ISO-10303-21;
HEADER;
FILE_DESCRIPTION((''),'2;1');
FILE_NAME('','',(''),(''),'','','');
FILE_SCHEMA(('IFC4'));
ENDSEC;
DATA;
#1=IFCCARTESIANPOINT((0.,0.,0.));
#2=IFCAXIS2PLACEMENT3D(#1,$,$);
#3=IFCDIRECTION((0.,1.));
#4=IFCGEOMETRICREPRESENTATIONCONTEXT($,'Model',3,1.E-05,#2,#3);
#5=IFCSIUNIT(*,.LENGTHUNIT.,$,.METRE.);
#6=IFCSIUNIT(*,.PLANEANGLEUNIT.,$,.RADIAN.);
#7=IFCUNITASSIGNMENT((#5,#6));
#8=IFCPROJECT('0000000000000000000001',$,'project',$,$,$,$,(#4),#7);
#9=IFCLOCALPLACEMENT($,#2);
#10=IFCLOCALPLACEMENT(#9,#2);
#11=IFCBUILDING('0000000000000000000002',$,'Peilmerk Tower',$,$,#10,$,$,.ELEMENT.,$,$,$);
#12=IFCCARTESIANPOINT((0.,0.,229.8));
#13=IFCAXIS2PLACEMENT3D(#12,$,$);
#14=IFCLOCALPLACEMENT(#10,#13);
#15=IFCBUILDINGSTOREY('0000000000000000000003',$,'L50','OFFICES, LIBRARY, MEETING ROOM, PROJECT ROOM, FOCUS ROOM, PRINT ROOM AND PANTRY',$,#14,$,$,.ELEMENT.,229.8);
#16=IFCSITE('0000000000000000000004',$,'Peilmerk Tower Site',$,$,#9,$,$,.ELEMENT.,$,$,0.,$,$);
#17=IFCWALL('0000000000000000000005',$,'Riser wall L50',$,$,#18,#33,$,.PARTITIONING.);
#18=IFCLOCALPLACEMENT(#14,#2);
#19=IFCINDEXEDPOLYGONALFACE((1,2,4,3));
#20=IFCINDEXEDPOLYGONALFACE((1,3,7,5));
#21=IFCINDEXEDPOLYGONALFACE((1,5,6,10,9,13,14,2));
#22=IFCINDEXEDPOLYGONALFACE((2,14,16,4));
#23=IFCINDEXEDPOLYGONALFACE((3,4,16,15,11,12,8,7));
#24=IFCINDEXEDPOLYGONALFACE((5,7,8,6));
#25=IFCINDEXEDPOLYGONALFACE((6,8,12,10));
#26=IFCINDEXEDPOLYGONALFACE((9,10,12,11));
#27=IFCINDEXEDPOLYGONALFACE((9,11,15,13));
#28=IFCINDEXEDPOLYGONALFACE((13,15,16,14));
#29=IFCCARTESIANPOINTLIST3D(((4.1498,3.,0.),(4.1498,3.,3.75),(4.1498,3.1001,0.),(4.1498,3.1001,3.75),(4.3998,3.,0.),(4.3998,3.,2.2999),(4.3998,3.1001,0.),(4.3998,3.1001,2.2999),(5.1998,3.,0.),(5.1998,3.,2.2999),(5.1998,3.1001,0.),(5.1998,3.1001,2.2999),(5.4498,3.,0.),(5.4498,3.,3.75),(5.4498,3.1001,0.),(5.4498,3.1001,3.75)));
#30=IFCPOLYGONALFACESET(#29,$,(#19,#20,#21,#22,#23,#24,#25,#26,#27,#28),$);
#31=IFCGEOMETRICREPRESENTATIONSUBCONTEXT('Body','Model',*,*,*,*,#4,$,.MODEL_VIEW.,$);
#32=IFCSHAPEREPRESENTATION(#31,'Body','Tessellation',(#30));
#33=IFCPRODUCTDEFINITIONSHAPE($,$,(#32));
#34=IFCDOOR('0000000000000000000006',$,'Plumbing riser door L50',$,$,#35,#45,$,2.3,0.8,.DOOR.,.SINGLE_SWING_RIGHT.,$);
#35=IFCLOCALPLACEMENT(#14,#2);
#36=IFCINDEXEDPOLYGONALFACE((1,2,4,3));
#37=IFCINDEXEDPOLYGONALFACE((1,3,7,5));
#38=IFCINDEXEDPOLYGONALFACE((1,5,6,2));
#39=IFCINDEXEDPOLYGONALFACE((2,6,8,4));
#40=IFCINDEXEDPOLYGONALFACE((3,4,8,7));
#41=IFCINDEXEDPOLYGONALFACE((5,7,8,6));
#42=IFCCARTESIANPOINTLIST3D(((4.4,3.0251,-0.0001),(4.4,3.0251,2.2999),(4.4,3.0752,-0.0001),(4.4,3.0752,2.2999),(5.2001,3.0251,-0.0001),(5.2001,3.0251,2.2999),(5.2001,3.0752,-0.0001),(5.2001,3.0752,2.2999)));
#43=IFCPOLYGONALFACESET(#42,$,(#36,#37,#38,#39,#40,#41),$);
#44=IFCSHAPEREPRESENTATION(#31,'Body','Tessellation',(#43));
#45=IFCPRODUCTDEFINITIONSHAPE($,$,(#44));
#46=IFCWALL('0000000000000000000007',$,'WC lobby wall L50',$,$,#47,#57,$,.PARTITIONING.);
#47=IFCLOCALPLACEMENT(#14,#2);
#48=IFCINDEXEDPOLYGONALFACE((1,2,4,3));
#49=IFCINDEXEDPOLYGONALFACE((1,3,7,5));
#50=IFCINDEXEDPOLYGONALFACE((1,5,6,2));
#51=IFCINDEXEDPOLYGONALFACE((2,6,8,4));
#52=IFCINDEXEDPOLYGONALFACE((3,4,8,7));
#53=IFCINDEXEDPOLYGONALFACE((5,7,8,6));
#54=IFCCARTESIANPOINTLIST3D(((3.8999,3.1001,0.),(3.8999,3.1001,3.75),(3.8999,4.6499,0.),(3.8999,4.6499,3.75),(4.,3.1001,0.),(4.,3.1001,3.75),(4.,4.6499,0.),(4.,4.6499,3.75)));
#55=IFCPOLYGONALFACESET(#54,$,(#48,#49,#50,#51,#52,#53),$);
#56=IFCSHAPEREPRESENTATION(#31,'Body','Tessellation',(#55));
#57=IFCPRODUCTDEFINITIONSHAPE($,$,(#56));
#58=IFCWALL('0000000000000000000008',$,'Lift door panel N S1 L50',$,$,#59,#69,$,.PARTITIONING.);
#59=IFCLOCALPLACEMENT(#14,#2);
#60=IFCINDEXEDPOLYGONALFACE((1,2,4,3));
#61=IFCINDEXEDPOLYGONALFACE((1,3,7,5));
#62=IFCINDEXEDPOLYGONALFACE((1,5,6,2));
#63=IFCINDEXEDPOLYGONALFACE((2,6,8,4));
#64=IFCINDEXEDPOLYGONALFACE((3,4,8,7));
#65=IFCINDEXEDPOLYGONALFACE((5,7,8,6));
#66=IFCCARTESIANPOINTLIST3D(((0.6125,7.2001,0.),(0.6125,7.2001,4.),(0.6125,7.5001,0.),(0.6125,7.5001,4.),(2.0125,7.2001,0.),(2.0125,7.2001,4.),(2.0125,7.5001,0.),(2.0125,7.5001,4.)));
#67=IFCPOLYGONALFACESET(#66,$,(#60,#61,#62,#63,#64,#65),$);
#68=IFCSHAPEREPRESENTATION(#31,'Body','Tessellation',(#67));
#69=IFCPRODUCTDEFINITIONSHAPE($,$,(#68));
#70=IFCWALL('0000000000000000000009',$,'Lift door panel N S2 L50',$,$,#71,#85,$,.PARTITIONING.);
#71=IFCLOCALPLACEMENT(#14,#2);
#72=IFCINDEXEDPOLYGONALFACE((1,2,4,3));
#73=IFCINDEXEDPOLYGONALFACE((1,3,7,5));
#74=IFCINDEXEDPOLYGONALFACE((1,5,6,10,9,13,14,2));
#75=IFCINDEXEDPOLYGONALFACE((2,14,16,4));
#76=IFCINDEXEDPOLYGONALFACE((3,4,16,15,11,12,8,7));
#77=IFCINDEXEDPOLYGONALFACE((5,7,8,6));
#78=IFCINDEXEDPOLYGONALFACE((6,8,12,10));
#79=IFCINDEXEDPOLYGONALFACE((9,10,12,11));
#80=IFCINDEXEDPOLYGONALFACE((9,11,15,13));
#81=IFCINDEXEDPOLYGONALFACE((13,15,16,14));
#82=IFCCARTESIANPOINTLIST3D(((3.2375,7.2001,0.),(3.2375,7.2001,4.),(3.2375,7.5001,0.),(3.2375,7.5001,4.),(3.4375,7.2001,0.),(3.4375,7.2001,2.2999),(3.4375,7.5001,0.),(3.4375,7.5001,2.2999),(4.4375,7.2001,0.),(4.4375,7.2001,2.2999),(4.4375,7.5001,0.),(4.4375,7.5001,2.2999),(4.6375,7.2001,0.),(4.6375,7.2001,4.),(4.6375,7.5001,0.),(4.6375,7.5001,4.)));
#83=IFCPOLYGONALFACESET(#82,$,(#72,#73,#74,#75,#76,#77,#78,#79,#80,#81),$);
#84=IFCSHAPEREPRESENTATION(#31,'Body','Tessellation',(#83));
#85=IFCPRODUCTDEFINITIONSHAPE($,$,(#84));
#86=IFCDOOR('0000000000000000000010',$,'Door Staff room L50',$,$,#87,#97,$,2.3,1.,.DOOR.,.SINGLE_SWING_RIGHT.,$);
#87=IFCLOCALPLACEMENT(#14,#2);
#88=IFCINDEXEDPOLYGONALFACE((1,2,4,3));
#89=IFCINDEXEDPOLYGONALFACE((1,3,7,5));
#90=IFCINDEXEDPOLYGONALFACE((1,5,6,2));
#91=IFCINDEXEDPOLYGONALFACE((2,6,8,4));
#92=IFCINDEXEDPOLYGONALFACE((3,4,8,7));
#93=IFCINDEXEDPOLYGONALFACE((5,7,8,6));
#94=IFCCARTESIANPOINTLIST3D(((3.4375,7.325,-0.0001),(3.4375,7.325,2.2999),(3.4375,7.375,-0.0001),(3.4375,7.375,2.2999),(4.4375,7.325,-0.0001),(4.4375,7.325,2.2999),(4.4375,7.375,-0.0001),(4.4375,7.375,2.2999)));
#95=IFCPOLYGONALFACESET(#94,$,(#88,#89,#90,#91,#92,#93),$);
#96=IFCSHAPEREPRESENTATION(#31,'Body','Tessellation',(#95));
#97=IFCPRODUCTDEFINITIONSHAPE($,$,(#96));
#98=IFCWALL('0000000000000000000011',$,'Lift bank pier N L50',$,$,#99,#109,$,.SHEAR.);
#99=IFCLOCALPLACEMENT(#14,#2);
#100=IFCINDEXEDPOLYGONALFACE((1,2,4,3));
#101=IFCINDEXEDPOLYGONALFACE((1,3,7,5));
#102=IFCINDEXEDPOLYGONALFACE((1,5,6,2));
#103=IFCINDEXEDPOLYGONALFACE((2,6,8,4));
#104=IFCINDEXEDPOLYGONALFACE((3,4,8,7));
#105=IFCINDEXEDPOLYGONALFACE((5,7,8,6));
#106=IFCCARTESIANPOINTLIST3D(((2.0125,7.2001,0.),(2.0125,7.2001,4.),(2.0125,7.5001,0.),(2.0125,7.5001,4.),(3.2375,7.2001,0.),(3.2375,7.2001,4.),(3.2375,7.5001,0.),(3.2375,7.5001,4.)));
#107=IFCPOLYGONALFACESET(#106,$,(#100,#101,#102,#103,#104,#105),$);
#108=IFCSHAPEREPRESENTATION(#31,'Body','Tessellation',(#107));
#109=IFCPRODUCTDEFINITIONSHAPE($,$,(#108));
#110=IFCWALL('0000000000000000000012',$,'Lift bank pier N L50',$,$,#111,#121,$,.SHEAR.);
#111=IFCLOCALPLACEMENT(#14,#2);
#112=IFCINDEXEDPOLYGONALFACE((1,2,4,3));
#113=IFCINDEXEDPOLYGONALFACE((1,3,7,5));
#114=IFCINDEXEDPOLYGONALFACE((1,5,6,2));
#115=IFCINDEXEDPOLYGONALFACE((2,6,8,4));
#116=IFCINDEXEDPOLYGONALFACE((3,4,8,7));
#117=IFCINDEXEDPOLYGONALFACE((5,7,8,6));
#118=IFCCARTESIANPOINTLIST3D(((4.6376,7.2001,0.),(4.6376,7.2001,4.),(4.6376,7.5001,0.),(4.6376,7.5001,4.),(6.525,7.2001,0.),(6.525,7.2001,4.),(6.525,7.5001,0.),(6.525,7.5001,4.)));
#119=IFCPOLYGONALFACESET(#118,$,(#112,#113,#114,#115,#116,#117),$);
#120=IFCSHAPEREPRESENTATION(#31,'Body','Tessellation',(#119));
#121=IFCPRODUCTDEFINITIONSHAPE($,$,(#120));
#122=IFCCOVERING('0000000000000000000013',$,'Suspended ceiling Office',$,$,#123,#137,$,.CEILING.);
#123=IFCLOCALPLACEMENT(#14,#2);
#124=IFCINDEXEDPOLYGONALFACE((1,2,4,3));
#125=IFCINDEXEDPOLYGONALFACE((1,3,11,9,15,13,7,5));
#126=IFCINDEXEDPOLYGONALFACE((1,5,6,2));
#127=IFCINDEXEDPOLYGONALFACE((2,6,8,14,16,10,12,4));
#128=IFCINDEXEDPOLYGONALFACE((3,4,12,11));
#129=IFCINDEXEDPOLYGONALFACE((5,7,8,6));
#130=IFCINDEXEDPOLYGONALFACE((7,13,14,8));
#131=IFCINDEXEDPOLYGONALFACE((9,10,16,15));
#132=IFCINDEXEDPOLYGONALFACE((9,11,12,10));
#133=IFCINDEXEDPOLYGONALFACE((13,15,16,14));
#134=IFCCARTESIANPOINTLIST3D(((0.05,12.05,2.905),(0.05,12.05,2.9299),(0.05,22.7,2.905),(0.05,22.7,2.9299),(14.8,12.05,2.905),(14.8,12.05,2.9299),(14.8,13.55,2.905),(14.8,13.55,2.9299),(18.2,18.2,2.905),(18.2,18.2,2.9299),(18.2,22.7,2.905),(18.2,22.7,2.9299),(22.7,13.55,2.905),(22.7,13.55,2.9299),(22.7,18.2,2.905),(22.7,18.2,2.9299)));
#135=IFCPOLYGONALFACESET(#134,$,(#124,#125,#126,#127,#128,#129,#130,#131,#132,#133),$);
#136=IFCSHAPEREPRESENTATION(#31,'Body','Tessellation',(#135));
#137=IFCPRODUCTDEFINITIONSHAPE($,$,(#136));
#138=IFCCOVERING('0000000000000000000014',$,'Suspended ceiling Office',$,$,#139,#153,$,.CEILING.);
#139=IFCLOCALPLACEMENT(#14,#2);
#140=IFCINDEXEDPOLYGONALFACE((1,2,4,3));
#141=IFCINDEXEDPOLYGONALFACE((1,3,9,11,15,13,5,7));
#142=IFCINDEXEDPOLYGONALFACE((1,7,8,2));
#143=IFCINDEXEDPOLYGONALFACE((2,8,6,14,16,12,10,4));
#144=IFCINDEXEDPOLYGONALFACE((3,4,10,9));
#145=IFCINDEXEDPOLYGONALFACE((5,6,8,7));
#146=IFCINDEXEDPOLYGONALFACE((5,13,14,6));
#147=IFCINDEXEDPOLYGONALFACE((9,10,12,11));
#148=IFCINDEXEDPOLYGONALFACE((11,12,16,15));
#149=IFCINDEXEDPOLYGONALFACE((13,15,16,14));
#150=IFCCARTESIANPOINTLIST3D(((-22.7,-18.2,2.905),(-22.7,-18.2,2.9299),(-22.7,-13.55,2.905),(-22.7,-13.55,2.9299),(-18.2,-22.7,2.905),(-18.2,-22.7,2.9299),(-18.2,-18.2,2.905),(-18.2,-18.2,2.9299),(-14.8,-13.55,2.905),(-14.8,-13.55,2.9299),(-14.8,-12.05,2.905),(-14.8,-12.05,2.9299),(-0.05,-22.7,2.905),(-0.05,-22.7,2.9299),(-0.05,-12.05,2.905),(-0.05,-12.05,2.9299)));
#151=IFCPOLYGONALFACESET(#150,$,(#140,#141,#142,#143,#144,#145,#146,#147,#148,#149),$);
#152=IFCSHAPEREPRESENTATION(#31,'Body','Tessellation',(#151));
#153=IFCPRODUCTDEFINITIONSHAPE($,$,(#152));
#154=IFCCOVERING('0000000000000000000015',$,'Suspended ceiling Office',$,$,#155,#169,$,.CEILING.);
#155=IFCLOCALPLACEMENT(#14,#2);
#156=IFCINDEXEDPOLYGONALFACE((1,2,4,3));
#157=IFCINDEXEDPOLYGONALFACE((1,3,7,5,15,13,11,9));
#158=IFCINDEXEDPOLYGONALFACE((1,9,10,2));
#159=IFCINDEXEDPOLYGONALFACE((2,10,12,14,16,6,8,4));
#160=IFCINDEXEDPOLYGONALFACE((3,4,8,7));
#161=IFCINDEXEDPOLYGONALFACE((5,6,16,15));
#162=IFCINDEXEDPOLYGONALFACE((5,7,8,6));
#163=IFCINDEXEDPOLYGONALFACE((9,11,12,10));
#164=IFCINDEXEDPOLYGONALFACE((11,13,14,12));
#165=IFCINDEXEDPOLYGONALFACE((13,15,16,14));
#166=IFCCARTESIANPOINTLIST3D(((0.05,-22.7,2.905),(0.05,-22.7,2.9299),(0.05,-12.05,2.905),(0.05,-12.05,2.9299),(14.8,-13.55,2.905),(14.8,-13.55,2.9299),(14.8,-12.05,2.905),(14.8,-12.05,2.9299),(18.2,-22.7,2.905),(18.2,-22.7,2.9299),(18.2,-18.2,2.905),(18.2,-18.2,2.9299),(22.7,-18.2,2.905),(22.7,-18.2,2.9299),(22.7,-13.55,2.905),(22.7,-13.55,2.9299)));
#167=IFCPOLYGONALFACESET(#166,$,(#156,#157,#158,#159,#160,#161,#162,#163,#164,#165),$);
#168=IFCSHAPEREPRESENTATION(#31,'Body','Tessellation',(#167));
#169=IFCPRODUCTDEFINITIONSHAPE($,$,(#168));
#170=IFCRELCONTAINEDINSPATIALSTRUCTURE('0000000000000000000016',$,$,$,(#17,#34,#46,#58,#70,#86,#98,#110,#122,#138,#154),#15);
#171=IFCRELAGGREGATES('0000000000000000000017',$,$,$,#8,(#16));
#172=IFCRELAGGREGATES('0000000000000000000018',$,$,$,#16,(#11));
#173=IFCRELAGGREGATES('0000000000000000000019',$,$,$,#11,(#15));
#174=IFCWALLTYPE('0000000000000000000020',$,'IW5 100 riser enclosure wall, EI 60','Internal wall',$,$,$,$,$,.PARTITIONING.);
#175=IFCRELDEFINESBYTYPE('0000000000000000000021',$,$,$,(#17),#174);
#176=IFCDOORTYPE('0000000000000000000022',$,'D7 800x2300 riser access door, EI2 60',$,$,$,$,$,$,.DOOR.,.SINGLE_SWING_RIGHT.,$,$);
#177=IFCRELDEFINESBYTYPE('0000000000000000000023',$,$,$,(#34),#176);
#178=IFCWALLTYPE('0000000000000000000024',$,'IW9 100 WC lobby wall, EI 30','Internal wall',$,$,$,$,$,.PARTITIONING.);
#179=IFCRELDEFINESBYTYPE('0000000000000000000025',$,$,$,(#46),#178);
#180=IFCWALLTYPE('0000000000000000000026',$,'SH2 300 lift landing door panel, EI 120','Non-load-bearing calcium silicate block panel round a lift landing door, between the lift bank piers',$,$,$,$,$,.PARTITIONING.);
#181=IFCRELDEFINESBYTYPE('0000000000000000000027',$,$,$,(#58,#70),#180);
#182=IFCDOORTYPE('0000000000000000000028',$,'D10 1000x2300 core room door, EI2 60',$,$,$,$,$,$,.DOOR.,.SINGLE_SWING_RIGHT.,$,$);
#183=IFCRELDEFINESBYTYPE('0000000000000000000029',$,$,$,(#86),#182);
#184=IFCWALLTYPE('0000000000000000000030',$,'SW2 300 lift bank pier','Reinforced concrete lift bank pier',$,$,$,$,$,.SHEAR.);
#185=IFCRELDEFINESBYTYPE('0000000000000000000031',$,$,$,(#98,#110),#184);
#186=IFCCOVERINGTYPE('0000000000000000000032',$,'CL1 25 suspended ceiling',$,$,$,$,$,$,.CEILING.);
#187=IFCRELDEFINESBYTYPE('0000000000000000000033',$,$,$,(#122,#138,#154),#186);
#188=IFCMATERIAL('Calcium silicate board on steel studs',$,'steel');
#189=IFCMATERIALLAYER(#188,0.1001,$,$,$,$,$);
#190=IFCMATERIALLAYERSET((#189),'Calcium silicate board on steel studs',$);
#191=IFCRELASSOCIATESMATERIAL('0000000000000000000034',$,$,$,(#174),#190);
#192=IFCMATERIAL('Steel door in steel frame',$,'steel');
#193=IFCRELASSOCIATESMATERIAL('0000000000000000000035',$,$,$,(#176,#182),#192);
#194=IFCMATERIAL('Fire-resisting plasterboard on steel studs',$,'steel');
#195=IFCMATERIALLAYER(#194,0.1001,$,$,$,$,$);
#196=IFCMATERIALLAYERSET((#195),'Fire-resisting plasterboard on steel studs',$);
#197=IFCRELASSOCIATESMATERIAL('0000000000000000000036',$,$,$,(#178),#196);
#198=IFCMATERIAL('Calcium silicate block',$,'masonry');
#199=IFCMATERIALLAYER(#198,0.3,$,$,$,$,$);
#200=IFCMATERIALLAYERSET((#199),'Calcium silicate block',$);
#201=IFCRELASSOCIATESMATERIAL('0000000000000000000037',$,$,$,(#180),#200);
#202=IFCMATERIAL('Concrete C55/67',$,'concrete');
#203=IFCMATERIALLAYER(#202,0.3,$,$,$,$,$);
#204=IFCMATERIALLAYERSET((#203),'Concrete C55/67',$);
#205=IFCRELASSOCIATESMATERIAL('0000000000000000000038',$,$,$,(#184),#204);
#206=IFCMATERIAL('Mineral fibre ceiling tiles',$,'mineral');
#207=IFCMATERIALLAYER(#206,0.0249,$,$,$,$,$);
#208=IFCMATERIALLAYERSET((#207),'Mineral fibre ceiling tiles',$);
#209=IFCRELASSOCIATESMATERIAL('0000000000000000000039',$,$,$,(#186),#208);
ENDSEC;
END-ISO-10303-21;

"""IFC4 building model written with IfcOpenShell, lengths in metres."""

from ifc_helpers import new_model, si_unit, direction, frame, frame_2d, origin, place, context, subcontext, project, spatial, polyline, rectangle, outline, extrude, material, layer, layer_set, type_object, element, fill, save


model = new_model("IFC4")

# Units and contexts
model_context = context("Model", 3, precision=1e-05, world=origin(), true_north=direction((0.0, 1.0)))
body_context = subcontext(model_context, "Body", "Model", "MODEL_VIEW")
ifc_project = project(units=[si_unit("LENGTHUNIT", "METRE"), si_unit("PLANEANGLEUNIT", "RADIAN")], contexts=[model_context])

# Site, building, storey
site_placement = place(None, origin())
site = spatial("IfcSite", under=ifc_project, at=site_placement, Name="Peilmerk Tower Site", CompositionType="ELEMENT", RefElevation=0.0)
building_placement = place(site_placement, origin())
building = spatial("IfcBuilding", under=site, at=building_placement, Name="Peilmerk Tower", CompositionType="ELEMENT")
storey_placement = place(building_placement, frame((0.0, 0.0, 229.8)))
storey = spatial("IfcBuildingStorey", under=building, at=storey_placement, Name="L50", Description="OFFICES, LIBRARY, MEETING ROOM, PROJECT ROOM, FOCUS ROOM, PRINT ROOM AND PANTRY", CompositionType="ELEMENT", Elevation=229.8)

# Wall, opening, door
ifc_material_1 = material(Name="Calcium silicate board on steel studs", Category="steel")
ifc_layer_1 = layer(ifc_material_1, 0.1001)
ifc_layer_set_1 = layer_set([ifc_layer_1], Name="Calcium silicate board on steel studs")
wall_type_1 = type_object("IfcWallType", Name="IW5 100 riser enclosure wall, EI 60", Description="Internal wall", PredefinedType="PARTITIONING", material=ifc_layer_set_1)
wall_1_placement = place(storey_placement, frame((4.1499, 3.05, 0.0), z_axis=(0.0, 0.0, 1.0), x_axis=(1.0, 0.0, 0.0)))
wall_1 = element("IfcWall", 1, at=wall_1_placement, inside=storey, type_object=wall_type_1, Name="Riser wall L50", PredefinedType="PARTITIONING", context=body_context, shape_type="SweptSolid", body=[
    extrude(rectangle(XDim=1.3, YDim=0.1001, at=frame_2d((0.6499, 0.0))), origin(), (0.0, 0.0, 1.0), 3.75),
])
opening_1_placement = place(wall_1_placement, frame((0.25, 0.0, 0.0)))
opening_1 = element("IfcOpeningElement", 2, at=opening_1_placement, cuts=wall_1, PredefinedType="OPENING", context=body_context, shape_type="SweptSolid", body=[
    extrude(rectangle(XDim=0.8, YDim=2.3, at=frame_2d((0.3999, 1.1499))), frame((0.0, 0.0601, 0.0), z_axis=(0.0, -1.0, 0.0), x_axis=(1.0, 0.0, 0.0)), (0.0, 0.0, 1.0), 0.1201),
])
ifc_material_2 = material(Name="Steel door in steel frame", Category="steel")
door_type_1 = type_object("IfcDoorType", Name="D7 800x2300 riser access door, EI2 60", OperationType="SINGLE_SWING_RIGHT", PredefinedType="DOOR", material=ifc_material_2)
door_1_placement = place(opening_1_placement, frame((0.8, 0.0, 0.0), z_axis=(0.0, 0.0, 1.0), x_axis=(-1.0, 0.0, 0.0)))
door_1 = element("IfcDoor", 3, at=door_1_placement, inside=storey, type_object=door_type_1, Name="Plumbing riser door L50", OperationType="SINGLE_SWING_RIGHT", OverallHeight=2.3, OverallWidth=0.8, PredefinedType="DOOR", context=body_context, shape_type="SweptSolid", body=[
    extrude(rectangle(XDim=0.8, YDim=2.3, at=frame_2d((0.3999, 1.1499))), frame((0.0, 0.0249, 0.0), z_axis=(0.0, -1.0, 0.0), x_axis=(1.0, 0.0, 0.0)), (0.0, 0.0, 1.0), 0.05),
])
fill(opening_1, door_1)

# Walls
ifc_material_3 = material(Name="Fire-resisting plasterboard on steel studs", Category="steel")
ifc_layer_2 = layer(ifc_material_3, 0.1001)
ifc_layer_set_2 = layer_set([ifc_layer_2], Name="Fire-resisting plasterboard on steel studs")
wall_type_2 = type_object("IfcWallType", Name="IW9 100 WC lobby wall, EI 30", Description="Internal wall", PredefinedType="PARTITIONING", material=ifc_layer_set_2)
wall_2_placement = place(storey_placement, frame((3.95, 3.1001, 0.0), z_axis=(0.0, 0.0, 1.0), x_axis=(0.0, 1.0, 0.0)))
element("IfcWall", 4, at=wall_2_placement, inside=storey, type_object=wall_type_2, Name="WC lobby wall L50", PredefinedType="PARTITIONING", context=body_context, shape_type="SweptSolid", body=[
    extrude(rectangle(XDim=1.5498, YDim=0.1001, at=frame_2d((0.7749, 0.0))), origin(), (0.0, 0.0, 1.0), 3.75),
])
ifc_material_4 = material(Name="Calcium silicate block", Category="masonry")
ifc_layer_3 = layer(ifc_material_4, 0.3)
ifc_layer_set_3 = layer_set([ifc_layer_3], Name="Calcium silicate block")
wall_type_3 = type_object("IfcWallType", Name="SH2 300 lift landing door panel, EI 120", Description="Non-load-bearing calcium silicate block panel round a lift landing door, between the lift bank piers", PredefinedType="PARTITIONING", material=ifc_layer_set_3)
wall_3_placement = place(storey_placement, frame((0.6125, 7.3501, 0.0), z_axis=(0.0, 0.0, 1.0), x_axis=(1.0, 0.0, 0.0)))
element("IfcWall", 5, at=wall_3_placement, inside=storey, type_object=wall_type_3, Name="Lift door panel N S1 L50", PredefinedType="PARTITIONING", context=body_context, shape_type="SweptSolid", body=[
    extrude(rectangle(XDim=1.3999, YDim=0.3, at=frame_2d((0.7, 0.0))), origin(), (0.0, 0.0, 1.0), 4.0),
])

# Wall, opening, door
wall_4_placement = place(storey_placement, frame((3.2375, 7.3501, 0.0), z_axis=(0.0, 0.0, 1.0), x_axis=(1.0, 0.0, 0.0)))
wall_4 = element("IfcWall", 6, at=wall_4_placement, inside=storey, type_object=wall_type_3, Name="Lift door panel N S2 L50", PredefinedType="PARTITIONING", context=body_context, shape_type="SweptSolid", body=[
    extrude(rectangle(XDim=1.3999, YDim=0.3, at=frame_2d((0.7, 0.0))), origin(), (0.0, 0.0, 1.0), 4.0),
])
opening_2_placement = place(wall_4_placement, frame((0.2, 0.0, 0.0)))
opening_2 = element("IfcOpeningElement", 7, at=opening_2_placement, cuts=wall_4, PredefinedType="OPENING", context=body_context, shape_type="SweptSolid", body=[
    extrude(rectangle(XDim=1.0, YDim=2.3, at=frame_2d((0.5, 1.1499))), frame((0.0, 0.1599, 0.0), z_axis=(0.0, -1.0, 0.0), x_axis=(1.0, 0.0, 0.0)), (0.0, 0.0, 1.0), 0.3201),
])
door_type_2 = type_object("IfcDoorType", Name="D10 1000x2300 core room door, EI2 60", OperationType="SINGLE_SWING_RIGHT", PredefinedType="DOOR", material=ifc_material_2)
door_2_placement = place(opening_2_placement, origin())
door_2 = element("IfcDoor", 8, at=door_2_placement, inside=storey, type_object=door_type_2, Name="Door Staff room L50", OperationType="SINGLE_SWING_RIGHT", OverallHeight=2.3, OverallWidth=1.0, PredefinedType="DOOR", context=body_context, shape_type="SweptSolid", body=[
    extrude(rectangle(XDim=1.0, YDim=2.3, at=frame_2d((0.5, 1.1499))), frame((0.0, 0.0249, 0.0), z_axis=(0.0, -1.0, 0.0), x_axis=(1.0, 0.0, 0.0)), (0.0, 0.0, 1.0), 0.05),
])
fill(opening_2, door_2)

# Walls
ifc_material_5 = material(Name="Concrete C55/67", Category="concrete")
ifc_layer_4 = layer(ifc_material_5, 0.3)
ifc_layer_set_4 = layer_set([ifc_layer_4], Name="Concrete C55/67")
wall_type_4 = type_object("IfcWallType", Name="SW2 300 lift bank pier", Description="Reinforced concrete lift bank pier", PredefinedType="SHEAR", material=ifc_layer_set_4)
wall_5_placement = place(storey_placement, frame((2.0125, 7.3501, 0.0), z_axis=(0.0, 0.0, 1.0), x_axis=(1.0, 0.0, 0.0)))
element("IfcWall", 9, at=wall_5_placement, inside=storey, type_object=wall_type_4, Name="Lift bank pier N L50", PredefinedType="SHEAR", context=body_context, shape_type="SweptSolid", body=[
    extrude(rectangle(XDim=1.2251, YDim=0.3, at=frame_2d((0.6125, 0.0))), origin(), (0.0, 0.0, 1.0), 4.0),
])
wall_6_placement = place(storey_placement, frame((4.6375, 7.3501, 0.0), z_axis=(0.0, 0.0, 1.0), x_axis=(1.0, 0.0, 0.0)))
element("IfcWall", 10, at=wall_6_placement, inside=storey, type_object=wall_type_4, Name="Lift bank pier N L50", PredefinedType="SHEAR", context=body_context, shape_type="SweptSolid", body=[
    extrude(rectangle(XDim=1.8875, YDim=0.3, at=frame_2d((0.9438, 0.0))), origin(), (0.0, 0.0, 1.0), 4.0),
])

# Coverings
ifc_material_6 = material(Name="Mineral fibre ceiling tiles", Category="mineral")
ifc_layer_5 = layer(ifc_material_6, 0.0249)
ifc_layer_set_5 = layer_set([ifc_layer_5], Name="Mineral fibre ceiling tiles")
covering_type = type_object("IfcCoveringType", Name="CL1 25 suspended ceiling", PredefinedType="CEILING", material=ifc_layer_set_5)
covering_1_placement = place(storey_placement, frame((0.0, 0.0, 2.905)))
element("IfcCovering", 11, at=covering_1_placement, inside=storey, type_object=covering_type, Name="Suspended ceiling Office", PredefinedType="CEILING", context=body_context, shape_type="SweptSolid", body=[
    extrude(outline(polyline([(18.2, 22.7), (0.05, 22.7), (0.05, 12.05), (14.8, 12.05), (14.8, 13.55), (22.7, 13.55), (22.7, 18.2), (18.2, 18.2), (18.2, 22.7)])), origin(), (0.0, 0.0, 1.0), 0.0249),
])
covering_2_placement = place(storey_placement, frame((0.0, 0.0, 2.905)))
element("IfcCovering", 12, at=covering_2_placement, inside=storey, type_object=covering_type, Name="Suspended ceiling Office", PredefinedType="CEILING", context=body_context, shape_type="SweptSolid", body=[
    extrude(outline(polyline([(-18.2, -22.7), (-0.05, -22.7), (-0.05, -12.05), (-14.8, -12.05), (-14.8, -13.55), (-22.7, -13.55), (-22.7, -18.2), (-18.2, -18.2), (-18.2, -22.7)])), origin(), (0.0, 0.0, 1.0), 0.0249),
])
covering_3_placement = place(storey_placement, frame((0.0, 0.0, 2.905)))
element("IfcCovering", 13, at=covering_3_placement, inside=storey, type_object=covering_type, Name="Suspended ceiling Office", PredefinedType="CEILING", context=body_context, shape_type="SweptSolid", body=[
    extrude(outline(polyline([(0.05, -22.7), (18.2, -22.7), (18.2, -18.2), (22.7, -18.2), (22.7, -13.55), (14.8, -13.55), (14.8, -12.05), (0.05, -12.05), (0.05, -22.7)])), origin(), (0.0, 0.0, 1.0), 0.0249),
])

save(model, "model.ifc")
